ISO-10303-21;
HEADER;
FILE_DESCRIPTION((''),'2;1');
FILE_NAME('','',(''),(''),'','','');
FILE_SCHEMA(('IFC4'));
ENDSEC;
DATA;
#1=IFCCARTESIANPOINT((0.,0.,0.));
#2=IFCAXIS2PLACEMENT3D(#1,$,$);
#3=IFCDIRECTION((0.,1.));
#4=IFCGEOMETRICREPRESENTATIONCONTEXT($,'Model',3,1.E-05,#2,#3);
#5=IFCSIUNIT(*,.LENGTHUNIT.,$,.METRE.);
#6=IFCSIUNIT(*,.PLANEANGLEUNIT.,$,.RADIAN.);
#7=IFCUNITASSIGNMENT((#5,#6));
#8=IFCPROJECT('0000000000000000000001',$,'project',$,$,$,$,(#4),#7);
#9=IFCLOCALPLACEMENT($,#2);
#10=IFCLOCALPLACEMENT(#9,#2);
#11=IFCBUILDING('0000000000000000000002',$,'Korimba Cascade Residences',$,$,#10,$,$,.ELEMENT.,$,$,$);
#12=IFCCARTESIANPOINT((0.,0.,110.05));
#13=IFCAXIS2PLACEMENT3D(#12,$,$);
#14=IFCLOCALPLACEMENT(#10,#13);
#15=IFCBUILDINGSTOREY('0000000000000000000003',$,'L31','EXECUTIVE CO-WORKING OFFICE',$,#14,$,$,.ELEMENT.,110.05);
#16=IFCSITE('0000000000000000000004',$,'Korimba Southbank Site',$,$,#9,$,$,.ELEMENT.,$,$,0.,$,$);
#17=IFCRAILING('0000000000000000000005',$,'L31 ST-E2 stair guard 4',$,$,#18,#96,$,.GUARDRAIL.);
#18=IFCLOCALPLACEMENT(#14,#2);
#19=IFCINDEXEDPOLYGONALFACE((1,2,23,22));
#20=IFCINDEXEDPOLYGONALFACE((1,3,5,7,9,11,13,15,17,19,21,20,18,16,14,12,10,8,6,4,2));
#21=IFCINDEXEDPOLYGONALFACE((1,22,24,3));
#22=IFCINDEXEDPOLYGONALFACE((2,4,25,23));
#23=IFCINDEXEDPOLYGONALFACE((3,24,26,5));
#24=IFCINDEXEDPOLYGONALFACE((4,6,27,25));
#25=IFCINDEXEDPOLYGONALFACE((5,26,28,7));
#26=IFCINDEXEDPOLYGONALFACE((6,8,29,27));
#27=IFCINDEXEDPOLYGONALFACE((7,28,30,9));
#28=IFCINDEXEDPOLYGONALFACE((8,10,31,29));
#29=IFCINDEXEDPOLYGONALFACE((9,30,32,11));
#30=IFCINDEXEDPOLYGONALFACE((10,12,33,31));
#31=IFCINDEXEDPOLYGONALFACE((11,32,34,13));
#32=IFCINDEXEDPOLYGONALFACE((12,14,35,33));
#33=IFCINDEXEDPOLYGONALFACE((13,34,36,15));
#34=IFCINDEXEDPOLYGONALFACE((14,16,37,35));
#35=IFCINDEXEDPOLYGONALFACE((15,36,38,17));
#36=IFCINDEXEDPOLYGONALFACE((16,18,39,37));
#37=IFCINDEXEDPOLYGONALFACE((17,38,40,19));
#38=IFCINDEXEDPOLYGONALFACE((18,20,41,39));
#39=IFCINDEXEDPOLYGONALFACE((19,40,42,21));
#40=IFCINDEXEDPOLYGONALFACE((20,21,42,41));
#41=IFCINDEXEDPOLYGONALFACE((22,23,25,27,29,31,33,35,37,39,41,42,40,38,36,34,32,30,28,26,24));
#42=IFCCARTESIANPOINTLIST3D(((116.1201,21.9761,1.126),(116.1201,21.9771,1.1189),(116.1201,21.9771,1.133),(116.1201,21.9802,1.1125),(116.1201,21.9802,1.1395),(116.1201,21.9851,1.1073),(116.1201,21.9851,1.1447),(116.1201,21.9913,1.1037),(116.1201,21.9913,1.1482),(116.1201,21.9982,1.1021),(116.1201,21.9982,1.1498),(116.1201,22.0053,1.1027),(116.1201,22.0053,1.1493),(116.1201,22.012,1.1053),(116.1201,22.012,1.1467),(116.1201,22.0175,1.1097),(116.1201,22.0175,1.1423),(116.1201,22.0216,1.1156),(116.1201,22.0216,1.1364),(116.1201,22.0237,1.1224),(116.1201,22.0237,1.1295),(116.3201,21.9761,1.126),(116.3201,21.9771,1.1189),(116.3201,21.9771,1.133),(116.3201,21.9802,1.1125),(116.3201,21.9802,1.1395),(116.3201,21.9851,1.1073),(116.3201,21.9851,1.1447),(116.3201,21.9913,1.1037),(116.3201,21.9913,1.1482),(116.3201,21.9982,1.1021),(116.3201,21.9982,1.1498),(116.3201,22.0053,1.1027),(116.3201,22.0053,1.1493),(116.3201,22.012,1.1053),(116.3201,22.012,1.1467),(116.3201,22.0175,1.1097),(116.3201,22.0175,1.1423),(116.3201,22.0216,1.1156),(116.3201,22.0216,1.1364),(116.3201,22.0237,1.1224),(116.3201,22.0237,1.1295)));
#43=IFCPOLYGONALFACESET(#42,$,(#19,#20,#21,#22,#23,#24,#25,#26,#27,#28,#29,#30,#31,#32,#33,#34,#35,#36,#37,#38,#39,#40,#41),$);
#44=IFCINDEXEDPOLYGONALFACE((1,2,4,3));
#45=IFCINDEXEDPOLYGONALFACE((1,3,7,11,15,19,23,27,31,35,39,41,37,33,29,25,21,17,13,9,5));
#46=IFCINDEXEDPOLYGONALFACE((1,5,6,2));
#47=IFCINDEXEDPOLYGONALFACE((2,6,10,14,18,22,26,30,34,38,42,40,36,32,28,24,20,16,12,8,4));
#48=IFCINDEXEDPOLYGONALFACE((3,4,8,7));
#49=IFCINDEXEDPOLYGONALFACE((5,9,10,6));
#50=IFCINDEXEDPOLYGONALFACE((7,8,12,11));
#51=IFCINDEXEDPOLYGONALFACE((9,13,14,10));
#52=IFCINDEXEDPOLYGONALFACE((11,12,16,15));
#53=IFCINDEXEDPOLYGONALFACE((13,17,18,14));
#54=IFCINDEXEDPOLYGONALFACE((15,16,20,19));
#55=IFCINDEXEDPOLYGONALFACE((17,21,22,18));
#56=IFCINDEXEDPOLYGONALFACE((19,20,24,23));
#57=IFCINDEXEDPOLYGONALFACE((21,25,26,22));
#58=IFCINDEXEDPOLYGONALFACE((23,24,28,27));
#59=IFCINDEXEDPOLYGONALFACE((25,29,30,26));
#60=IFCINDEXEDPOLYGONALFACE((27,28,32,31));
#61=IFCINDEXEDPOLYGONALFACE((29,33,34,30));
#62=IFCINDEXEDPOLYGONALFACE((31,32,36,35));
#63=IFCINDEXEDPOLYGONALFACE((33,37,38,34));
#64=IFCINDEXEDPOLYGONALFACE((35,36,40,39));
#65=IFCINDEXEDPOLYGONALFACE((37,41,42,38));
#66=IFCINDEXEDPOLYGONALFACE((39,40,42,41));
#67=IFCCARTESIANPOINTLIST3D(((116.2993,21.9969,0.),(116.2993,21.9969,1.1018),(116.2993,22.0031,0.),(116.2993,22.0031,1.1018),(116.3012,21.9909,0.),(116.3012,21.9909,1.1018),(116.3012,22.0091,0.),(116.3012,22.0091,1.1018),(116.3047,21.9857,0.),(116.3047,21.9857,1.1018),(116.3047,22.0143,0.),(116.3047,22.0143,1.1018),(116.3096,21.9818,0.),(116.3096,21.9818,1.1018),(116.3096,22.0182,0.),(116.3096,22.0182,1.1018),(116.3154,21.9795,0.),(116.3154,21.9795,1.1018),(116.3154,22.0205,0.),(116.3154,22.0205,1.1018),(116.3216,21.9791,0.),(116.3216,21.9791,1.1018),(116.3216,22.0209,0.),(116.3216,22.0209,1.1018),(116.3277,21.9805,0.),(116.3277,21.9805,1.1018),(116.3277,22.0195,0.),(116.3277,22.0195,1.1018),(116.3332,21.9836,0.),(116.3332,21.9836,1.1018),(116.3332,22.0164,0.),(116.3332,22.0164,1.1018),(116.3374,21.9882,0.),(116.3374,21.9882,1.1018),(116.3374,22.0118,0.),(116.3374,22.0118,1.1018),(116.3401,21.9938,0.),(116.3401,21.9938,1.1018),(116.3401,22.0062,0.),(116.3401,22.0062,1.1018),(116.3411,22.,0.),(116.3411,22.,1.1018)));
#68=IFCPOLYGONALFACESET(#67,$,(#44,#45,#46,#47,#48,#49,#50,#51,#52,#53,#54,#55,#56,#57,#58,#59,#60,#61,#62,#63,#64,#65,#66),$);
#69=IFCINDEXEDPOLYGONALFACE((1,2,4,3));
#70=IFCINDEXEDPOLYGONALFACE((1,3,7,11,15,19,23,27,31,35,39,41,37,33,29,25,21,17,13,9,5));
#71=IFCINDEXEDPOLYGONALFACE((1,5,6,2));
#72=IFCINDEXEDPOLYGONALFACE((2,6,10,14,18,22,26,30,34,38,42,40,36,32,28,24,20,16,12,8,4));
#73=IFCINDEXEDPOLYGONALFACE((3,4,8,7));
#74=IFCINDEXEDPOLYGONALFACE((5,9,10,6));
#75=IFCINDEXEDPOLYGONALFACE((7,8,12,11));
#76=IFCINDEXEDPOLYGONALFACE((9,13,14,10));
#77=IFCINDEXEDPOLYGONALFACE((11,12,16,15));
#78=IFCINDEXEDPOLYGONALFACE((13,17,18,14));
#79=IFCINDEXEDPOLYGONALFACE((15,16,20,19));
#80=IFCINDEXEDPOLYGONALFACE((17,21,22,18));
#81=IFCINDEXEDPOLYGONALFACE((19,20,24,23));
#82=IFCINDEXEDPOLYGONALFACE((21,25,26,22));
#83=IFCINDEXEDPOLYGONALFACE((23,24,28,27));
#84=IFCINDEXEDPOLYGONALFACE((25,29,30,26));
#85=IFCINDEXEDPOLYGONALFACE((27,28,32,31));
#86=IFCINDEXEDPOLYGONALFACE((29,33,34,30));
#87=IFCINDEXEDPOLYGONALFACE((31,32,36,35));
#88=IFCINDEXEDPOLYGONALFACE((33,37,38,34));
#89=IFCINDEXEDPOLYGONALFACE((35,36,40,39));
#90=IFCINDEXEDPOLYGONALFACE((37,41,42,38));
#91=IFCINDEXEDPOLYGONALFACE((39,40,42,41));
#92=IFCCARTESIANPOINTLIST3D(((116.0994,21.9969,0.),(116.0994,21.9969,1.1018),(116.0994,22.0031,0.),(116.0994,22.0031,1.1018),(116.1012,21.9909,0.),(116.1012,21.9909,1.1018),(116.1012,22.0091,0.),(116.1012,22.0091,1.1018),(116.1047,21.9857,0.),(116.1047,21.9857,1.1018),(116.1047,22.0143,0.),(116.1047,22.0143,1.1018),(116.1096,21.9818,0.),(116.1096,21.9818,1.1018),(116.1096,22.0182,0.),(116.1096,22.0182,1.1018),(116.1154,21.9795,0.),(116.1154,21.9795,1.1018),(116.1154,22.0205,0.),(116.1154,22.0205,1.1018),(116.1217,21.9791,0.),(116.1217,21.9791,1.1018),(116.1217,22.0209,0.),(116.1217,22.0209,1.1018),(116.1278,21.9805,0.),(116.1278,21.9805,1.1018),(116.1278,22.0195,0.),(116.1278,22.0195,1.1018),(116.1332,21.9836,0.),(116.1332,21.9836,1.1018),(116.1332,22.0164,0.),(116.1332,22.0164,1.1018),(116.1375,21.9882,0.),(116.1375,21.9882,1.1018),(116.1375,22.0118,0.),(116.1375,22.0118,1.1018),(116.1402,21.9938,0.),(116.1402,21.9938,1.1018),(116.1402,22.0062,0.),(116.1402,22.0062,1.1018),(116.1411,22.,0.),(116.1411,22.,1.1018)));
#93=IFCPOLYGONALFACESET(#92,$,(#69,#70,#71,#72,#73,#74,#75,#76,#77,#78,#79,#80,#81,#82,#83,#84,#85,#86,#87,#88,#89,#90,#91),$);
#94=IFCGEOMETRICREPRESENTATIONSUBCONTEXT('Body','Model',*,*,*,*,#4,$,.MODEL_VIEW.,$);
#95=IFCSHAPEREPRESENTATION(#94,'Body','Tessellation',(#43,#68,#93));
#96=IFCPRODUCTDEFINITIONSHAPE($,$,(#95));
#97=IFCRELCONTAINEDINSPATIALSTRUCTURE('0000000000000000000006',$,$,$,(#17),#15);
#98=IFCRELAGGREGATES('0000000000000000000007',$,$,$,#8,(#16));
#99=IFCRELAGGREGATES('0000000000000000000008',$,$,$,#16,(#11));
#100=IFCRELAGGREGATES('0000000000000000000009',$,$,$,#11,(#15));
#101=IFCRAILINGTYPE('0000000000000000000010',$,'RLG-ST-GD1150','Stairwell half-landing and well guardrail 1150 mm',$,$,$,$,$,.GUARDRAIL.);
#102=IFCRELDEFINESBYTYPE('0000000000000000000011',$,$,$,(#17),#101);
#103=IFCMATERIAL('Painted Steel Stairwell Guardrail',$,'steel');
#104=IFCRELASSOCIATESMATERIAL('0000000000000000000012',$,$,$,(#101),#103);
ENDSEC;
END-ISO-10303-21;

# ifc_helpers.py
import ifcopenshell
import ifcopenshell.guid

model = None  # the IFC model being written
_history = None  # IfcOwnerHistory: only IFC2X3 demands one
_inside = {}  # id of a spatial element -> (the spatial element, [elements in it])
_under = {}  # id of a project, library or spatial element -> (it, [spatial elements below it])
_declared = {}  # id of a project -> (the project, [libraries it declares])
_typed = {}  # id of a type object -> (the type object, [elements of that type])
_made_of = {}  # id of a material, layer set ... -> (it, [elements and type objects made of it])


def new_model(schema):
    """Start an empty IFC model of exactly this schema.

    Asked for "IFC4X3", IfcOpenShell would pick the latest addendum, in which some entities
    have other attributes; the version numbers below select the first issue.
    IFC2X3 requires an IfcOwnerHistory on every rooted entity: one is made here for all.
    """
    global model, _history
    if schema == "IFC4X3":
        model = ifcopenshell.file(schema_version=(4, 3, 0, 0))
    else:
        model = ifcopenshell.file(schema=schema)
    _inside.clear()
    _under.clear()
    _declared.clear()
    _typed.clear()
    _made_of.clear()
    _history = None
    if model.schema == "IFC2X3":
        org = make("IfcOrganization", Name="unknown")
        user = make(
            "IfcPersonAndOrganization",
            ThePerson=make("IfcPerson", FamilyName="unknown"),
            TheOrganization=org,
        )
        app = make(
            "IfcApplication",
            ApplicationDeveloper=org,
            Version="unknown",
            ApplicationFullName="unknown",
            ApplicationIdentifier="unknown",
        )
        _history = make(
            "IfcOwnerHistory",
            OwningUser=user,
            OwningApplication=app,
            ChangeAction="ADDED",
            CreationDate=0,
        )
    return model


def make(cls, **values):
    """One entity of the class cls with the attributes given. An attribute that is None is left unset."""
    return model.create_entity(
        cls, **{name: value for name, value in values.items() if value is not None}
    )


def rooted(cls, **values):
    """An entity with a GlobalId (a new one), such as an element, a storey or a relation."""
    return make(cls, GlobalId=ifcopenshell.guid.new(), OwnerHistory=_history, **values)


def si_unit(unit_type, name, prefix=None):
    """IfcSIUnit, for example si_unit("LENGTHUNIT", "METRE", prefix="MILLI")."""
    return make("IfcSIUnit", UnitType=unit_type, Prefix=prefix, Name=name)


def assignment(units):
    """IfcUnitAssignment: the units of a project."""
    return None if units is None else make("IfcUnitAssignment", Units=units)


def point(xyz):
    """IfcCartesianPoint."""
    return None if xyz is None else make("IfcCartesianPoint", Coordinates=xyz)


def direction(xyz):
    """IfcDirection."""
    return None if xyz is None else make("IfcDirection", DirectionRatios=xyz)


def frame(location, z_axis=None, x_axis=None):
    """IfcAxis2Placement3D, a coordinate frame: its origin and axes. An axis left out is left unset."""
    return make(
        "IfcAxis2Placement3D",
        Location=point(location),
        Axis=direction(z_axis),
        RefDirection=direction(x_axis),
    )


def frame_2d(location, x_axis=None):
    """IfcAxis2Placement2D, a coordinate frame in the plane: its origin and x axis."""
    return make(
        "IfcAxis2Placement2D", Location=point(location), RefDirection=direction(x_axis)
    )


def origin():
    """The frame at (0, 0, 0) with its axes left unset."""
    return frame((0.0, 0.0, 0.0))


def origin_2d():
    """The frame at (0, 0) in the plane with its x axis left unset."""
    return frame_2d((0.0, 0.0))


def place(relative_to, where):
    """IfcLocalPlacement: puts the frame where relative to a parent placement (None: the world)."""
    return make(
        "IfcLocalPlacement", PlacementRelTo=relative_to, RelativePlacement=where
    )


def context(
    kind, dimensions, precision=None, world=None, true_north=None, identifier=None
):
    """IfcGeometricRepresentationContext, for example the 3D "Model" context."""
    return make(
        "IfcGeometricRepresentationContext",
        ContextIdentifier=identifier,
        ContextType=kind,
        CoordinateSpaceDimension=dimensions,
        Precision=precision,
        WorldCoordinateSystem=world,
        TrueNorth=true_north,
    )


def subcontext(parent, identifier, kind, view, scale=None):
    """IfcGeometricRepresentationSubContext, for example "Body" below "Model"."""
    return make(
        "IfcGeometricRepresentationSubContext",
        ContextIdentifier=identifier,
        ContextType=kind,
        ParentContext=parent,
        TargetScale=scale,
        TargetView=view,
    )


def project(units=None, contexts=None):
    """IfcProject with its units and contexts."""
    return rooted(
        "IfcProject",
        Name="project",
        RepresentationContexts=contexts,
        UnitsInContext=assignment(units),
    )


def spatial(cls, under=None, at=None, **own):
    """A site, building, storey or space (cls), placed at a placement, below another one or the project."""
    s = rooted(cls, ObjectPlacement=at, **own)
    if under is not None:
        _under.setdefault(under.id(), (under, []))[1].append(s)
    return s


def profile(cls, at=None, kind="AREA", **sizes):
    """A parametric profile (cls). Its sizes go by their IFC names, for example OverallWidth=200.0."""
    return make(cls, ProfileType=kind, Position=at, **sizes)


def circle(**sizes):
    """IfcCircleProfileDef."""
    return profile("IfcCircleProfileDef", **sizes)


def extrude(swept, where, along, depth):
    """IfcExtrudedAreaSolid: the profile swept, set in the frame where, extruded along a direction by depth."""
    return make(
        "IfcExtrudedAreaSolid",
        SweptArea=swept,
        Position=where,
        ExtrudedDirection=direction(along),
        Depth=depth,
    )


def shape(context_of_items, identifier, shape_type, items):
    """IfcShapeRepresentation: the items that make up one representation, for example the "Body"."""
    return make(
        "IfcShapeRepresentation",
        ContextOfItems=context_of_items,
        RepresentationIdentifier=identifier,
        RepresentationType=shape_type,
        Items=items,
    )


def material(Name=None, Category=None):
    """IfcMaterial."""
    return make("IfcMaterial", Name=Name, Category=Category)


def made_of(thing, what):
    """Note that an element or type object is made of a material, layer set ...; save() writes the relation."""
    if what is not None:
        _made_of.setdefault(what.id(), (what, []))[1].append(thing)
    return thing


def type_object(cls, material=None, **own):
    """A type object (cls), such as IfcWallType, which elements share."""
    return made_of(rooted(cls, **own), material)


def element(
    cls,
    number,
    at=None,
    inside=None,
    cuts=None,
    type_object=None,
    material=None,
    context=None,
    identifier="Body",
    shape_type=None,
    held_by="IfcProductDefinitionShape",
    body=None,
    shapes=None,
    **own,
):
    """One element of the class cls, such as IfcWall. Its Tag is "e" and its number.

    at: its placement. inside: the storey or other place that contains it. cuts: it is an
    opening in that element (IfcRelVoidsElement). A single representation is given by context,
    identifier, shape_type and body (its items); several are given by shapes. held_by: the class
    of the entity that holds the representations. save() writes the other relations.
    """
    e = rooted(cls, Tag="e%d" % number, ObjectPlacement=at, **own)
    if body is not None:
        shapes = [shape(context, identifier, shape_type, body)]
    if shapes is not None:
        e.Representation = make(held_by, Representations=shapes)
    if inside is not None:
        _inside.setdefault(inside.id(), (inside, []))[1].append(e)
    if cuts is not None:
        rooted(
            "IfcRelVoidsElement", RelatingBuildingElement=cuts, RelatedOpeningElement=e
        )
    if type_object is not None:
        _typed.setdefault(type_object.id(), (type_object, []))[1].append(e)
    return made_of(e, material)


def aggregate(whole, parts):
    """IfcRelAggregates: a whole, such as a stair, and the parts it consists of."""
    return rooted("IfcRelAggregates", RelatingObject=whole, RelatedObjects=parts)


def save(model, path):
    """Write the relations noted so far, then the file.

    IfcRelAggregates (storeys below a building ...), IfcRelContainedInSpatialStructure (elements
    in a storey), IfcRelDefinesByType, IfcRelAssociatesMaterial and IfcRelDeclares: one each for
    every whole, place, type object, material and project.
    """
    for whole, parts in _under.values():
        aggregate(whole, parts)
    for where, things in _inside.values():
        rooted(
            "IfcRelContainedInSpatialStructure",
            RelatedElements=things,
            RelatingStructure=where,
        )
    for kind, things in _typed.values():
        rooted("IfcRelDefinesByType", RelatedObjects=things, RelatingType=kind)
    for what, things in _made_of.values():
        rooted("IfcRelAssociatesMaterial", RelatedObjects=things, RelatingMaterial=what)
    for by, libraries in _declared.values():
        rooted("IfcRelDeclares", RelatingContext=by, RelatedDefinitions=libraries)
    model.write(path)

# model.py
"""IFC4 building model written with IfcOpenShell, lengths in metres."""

from ifc_helpers import new_model, si_unit, direction, frame, origin, origin_2d, place, context, subcontext, project, spatial, circle, extrude, material, type_object, element, save


model = new_model("IFC4")

# Units and contexts
model_context = context("Model", 3, precision=1e-05, world=origin(), true_north=direction((0.0, 1.0)))
body_context = subcontext(model_context, "Body", "Model", "MODEL_VIEW")
ifc_project = project(units=[si_unit("LENGTHUNIT", "METRE"), si_unit("PLANEANGLEUNIT", "RADIAN")], contexts=[model_context])

# Site, building, storey
site_placement = place(None, origin())
site = spatial("IfcSite", under=ifc_project, at=site_placement, Name="Korimba Southbank Site", CompositionType="ELEMENT", RefElevation=0.0)
building_placement = place(site_placement, origin())
building = spatial("IfcBuilding", under=site, at=building_placement, Name="Korimba Cascade Residences", CompositionType="ELEMENT")
storey_placement = place(building_placement, frame((0.0, 0.0, 110.05)))
storey = spatial("IfcBuildingStorey", under=building, at=storey_placement, Name="L31", Description="EXECUTIVE CO-WORKING OFFICE", CompositionType="ELEMENT", Elevation=110.05)

# Railing
ifc_material_1 = material(Name="Painted Steel Stairwell Guardrail", Category="steel")
railing_type = type_object("IfcRailingType", Name="RLG-ST-GD1150", Description="Stairwell half-landing and well guardrail 1150 mm", PredefinedType="GUARDRAIL", material=ifc_material_1)
railing_1_placement = place(storey_placement, frame((116.3201, 22.0, 0.0)))
element("IfcRailing", 1, at=railing_1_placement, inside=storey, type_object=railing_type, Name="L31 ST-E2 stair guard 4", PredefinedType="GUARDRAIL", context=body_context, shape_type="SweptSolid", body=[
    extrude(circle(Radius=0.0239, at=origin_2d()), frame((0.0, 0.0, 1.126), z_axis=(-1.0, 0.0, 0.0), x_axis=(0.0, -1.0, 0.0)), (0.0, 0.0, 1.0), 0.2),
    extrude(circle(Radius=0.021, at=origin_2d()), origin(), (0.0, 0.0, 1.0), 1.1018),
    extrude(circle(Radius=0.021, at=origin_2d()), frame((-0.2, 0.0, 0.0)), (0.0, 0.0, 1.0), 1.1018),
])

save(model, "model.ifc")
